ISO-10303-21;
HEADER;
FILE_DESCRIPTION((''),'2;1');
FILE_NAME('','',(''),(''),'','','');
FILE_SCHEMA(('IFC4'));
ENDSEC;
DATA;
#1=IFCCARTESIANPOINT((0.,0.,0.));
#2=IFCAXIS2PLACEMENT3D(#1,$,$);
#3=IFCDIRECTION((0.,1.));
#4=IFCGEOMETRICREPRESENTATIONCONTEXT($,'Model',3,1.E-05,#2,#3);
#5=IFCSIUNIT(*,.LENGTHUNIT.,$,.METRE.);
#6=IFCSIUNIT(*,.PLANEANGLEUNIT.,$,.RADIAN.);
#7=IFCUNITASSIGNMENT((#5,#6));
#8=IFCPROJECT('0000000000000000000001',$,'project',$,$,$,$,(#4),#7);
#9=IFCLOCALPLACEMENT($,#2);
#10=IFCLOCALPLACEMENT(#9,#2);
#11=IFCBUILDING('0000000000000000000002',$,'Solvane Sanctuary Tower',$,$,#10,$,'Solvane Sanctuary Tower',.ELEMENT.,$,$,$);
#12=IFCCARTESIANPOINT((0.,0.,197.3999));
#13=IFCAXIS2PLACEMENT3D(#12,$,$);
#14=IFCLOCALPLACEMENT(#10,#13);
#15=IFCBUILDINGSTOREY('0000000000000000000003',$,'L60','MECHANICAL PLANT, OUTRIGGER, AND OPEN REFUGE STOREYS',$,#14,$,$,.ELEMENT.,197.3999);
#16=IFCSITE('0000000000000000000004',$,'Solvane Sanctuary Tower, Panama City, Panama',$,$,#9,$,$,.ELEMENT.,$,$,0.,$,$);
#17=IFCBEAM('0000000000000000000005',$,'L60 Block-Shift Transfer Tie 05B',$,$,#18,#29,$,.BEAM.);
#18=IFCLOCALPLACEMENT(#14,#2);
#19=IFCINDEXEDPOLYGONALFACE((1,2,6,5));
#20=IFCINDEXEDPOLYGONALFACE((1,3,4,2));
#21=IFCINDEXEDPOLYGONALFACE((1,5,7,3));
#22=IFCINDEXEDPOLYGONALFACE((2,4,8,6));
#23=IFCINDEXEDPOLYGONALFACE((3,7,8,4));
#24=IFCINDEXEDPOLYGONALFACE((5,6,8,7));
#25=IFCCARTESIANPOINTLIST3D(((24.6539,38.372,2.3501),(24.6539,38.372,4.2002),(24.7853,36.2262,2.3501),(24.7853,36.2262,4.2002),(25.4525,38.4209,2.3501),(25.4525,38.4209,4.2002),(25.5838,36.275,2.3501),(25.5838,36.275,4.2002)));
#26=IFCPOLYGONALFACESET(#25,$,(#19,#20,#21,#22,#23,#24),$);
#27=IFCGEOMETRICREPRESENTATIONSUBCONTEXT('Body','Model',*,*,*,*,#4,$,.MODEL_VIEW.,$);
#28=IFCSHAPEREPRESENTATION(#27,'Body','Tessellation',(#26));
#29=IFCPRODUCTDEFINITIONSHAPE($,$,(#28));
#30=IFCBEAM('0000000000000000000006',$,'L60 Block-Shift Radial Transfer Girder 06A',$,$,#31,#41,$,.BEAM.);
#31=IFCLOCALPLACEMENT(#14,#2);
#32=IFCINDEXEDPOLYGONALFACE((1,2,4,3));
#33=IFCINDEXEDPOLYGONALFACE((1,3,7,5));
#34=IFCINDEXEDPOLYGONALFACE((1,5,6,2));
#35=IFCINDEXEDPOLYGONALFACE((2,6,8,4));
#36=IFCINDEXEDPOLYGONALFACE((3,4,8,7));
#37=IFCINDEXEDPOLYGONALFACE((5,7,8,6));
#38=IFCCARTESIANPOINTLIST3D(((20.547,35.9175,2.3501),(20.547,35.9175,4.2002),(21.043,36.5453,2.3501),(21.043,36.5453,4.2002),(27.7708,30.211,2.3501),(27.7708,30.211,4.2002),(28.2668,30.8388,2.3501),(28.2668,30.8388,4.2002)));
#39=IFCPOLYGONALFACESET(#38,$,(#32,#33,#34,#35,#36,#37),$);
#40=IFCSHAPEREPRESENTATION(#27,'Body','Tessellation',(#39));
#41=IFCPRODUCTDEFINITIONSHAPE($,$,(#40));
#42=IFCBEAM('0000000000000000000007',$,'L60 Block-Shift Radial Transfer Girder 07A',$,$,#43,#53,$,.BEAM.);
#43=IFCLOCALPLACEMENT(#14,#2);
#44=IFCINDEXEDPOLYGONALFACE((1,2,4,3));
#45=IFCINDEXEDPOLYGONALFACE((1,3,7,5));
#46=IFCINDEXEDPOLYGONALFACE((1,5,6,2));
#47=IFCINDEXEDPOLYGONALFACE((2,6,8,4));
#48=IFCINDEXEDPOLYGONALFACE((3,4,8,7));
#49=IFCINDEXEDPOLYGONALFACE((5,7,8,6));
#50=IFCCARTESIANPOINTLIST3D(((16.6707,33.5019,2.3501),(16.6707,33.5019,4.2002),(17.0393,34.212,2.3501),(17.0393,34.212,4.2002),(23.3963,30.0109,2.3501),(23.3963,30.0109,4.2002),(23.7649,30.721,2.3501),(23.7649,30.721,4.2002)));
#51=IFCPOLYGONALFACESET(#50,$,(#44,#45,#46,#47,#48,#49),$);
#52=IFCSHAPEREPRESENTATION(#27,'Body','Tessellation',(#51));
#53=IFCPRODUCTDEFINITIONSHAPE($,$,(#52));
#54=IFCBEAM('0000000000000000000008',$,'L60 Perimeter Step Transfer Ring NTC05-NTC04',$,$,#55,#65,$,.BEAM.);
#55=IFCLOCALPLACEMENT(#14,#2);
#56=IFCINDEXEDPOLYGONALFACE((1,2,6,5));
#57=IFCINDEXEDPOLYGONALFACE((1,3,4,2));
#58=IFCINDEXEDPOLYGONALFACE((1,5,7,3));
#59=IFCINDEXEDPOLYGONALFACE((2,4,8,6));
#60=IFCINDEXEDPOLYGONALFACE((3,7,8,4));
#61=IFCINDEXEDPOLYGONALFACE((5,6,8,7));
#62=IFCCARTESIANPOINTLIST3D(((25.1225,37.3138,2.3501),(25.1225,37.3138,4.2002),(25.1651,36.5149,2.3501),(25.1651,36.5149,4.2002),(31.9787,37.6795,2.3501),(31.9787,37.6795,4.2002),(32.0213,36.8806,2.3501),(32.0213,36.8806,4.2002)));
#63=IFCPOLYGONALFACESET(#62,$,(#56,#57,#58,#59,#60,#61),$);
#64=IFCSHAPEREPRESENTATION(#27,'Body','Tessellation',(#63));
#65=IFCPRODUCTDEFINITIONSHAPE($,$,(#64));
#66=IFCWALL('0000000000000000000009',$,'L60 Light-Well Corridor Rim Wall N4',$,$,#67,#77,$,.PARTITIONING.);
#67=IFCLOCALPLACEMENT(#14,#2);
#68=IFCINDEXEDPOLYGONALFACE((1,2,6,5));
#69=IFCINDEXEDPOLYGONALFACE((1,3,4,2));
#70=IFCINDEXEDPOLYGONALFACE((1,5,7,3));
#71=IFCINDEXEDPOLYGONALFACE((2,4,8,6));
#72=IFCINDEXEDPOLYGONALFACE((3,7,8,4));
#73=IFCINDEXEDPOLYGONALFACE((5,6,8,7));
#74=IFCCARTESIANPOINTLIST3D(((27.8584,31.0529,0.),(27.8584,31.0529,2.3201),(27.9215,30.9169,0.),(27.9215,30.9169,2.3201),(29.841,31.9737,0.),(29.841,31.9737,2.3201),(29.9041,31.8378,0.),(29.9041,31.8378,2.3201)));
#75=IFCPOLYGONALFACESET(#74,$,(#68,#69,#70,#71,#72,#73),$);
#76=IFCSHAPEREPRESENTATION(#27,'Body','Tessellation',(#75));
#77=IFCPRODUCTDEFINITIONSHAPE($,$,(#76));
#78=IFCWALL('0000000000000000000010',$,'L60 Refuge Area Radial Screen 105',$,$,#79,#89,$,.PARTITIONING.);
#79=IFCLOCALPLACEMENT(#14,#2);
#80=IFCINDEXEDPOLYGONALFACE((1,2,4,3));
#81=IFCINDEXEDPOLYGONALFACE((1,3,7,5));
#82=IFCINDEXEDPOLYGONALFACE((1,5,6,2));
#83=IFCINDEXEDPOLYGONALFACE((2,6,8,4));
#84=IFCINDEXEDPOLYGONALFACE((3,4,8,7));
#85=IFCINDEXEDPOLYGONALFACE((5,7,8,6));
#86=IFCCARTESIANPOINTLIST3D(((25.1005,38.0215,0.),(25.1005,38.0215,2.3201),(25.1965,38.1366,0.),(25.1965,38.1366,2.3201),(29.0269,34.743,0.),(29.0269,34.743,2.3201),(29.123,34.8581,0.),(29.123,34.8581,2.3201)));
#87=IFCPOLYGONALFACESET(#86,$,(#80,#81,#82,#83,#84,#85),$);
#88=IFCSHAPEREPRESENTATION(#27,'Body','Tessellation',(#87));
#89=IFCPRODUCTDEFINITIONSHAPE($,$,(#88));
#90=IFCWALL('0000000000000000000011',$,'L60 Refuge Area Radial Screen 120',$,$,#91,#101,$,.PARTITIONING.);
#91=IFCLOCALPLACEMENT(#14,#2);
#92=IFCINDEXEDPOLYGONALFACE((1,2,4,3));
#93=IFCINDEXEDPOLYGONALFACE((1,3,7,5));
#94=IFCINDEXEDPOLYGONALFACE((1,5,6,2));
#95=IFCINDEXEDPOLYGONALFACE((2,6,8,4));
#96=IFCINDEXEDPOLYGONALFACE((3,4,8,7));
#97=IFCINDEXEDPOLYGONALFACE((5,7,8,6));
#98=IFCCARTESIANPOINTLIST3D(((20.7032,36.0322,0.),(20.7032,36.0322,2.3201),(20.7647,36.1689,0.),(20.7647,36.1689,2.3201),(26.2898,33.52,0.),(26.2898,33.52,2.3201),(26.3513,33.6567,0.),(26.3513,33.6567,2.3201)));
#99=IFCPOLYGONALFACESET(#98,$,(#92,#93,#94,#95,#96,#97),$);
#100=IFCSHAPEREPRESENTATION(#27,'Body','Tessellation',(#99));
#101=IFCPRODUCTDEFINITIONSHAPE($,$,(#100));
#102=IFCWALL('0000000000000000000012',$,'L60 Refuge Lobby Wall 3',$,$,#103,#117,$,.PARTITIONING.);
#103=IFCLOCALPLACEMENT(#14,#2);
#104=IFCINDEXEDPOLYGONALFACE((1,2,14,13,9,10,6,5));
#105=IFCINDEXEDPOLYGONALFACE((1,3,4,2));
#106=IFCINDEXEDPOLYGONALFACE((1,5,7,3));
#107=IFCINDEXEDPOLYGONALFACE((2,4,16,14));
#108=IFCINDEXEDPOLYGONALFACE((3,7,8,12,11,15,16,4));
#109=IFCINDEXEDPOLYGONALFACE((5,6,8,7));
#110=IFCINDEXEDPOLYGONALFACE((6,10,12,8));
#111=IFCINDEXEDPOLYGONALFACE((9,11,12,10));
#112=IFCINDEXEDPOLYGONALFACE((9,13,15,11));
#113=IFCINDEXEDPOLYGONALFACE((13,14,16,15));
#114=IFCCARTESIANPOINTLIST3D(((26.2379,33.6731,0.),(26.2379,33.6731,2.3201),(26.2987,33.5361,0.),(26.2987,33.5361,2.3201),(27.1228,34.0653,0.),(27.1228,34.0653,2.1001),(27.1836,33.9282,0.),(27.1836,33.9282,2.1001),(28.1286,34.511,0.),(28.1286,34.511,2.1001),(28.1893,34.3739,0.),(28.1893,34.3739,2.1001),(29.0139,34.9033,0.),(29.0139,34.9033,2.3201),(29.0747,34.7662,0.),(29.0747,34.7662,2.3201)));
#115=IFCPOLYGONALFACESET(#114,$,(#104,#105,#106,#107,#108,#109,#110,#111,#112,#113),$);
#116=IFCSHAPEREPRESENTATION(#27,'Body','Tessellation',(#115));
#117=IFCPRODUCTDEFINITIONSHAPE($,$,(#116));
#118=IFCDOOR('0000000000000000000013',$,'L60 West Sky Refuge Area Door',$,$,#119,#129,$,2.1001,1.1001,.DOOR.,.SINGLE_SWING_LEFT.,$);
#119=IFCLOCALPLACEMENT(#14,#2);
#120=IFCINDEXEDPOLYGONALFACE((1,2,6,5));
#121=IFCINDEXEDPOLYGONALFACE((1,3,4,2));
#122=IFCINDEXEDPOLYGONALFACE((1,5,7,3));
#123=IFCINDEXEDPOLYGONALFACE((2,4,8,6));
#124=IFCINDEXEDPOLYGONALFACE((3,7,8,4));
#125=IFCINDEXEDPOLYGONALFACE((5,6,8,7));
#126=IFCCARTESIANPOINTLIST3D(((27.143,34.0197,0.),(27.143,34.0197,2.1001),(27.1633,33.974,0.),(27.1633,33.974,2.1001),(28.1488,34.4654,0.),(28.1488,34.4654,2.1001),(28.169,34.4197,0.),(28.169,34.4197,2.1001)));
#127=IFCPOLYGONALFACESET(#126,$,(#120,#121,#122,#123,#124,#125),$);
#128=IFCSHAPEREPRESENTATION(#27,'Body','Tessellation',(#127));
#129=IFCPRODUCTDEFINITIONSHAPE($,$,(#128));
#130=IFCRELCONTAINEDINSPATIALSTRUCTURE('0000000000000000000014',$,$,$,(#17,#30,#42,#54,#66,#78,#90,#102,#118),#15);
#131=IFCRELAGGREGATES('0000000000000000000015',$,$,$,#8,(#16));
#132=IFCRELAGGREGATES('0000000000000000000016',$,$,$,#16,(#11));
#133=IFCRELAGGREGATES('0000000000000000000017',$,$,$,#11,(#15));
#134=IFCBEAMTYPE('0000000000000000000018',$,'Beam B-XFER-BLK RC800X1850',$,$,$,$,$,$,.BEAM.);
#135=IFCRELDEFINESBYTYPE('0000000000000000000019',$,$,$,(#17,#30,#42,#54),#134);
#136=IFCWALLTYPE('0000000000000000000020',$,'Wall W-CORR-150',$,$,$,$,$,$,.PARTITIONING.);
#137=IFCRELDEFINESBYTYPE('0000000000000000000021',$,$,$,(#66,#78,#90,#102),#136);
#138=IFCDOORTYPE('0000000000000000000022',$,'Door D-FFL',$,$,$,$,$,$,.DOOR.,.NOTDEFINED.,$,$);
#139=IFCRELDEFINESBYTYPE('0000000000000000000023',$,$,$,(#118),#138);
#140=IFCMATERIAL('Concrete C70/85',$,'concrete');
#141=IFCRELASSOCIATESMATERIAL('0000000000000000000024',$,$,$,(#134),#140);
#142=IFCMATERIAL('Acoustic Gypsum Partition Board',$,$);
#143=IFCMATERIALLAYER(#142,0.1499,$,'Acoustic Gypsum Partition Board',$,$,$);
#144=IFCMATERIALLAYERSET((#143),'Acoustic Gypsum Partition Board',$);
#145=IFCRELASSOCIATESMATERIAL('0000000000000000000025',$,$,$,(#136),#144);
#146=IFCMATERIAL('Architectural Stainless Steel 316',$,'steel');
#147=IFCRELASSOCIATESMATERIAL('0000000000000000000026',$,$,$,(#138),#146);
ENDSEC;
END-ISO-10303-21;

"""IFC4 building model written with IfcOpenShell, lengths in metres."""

from ifc_helpers import new_model, si_unit, direction, frame, frame_2d, origin, origin_2d, place, context, subcontext, project, spatial, rectangle, extrude, material, layer, layer_set, material_profile, profile_set, type_object, element, fill, save


model = new_model("IFC4")

# Units and contexts
model_context = context("Model", 3, precision=1e-05, world=origin(), true_north=direction((0.0, 1.0)))
body_context = subcontext(model_context, "Body", "Model", "MODEL_VIEW")
ifc_project = project(units=[si_unit("LENGTHUNIT", "METRE"), si_unit("PLANEANGLEUNIT", "RADIAN")], contexts=[model_context])

# Site, building, storey
site_placement = place(None, origin())
site = spatial("IfcSite", under=ifc_project, at=site_placement, Name="Solvane Sanctuary Tower, Panama City, Panama", CompositionType="ELEMENT", RefElevation=0.0)
building_placement = place(site_placement, origin())
building = spatial("IfcBuilding", under=site, at=building_placement, Name="Solvane Sanctuary Tower", LongName="Solvane Sanctuary Tower", CompositionType="ELEMENT")
storey_placement = place(building_placement, frame((0.0, 0.0, 197.3999)))
storey = spatial("IfcBuildingStorey", under=building, at=storey_placement, Name="L60", Description="MECHANICAL PLANT, OUTRIGGER, AND OPEN REFUGE STOREYS", CompositionType="ELEMENT", Elevation=197.3999)

# Beams
ifc_material_1 = material(Name="Concrete C70/85", Category="concrete")
ifc_material_profile_1 = material_profile(ifc_material_1, rectangle(XDim=0.8, YDim=1.8501, at=origin_2d()), Name="RC800X1850")
ifc_profile_set_1 = profile_set([ifc_material_profile_1], Name="Concrete C70/85")
beam_type_1 = type_object("IfcBeamType", Name="Beam B-XFER-BLK RC800X1850", PredefinedType="BEAM", material=ifc_profile_set_1)
beam_1_placement = place(storey_placement, frame((25.0532, 38.3965, 3.2751), z_axis=(0.061092, -0.998132, 0.0), x_axis=(0.998132, 0.061092, 0.0)))
element("IfcBeam", 1, at=beam_1_placement, inside=storey, type_object=beam_type_1, Name="L60 Block-Shift Transfer Tie 05B", PredefinedType="BEAM", context=body_context, shape_type="SweptSolid", body=[
    extrude(rectangle(XDim=0.8, YDim=1.8501, at=origin_2d()), origin(), (0.0, 0.0, 1.0), 2.1499),
])
beam_2_placement = place(storey_placement, frame((28.0188, 30.5249, 3.2751), z_axis=(-0.784699, 0.619877, 0.0), x_axis=(-0.619877, -0.784699, 0.0)))
element("IfcBeam", 2, at=beam_2_placement, inside=storey, type_object=beam_type_1, Name="L60 Block-Shift Radial Transfer Girder 06A", PredefinedType="BEAM", context=body_context, shape_type="SweptSolid", body=[
    extrude(rectangle(XDim=0.8, YDim=1.8501, at=origin_2d()), origin(), (0.0, 0.0, 1.0), 9.2058),
])
beam_3_placement = place(storey_placement, frame((23.5806, 30.366, 3.2751), z_axis=(-0.887559, 0.460694, 0.0), x_axis=(-0.460694, -0.887559, 0.0)))
element("IfcBeam", 3, at=beam_3_placement, inside=storey, type_object=beam_type_1, Name="L60 Block-Shift Radial Transfer Girder 07A", PredefinedType="BEAM", context=body_context, shape_type="SweptSolid", body=[
    extrude(rectangle(XDim=0.8, YDim=1.8501, at=origin_2d()), origin(), (0.0, 0.0, 1.0), 7.5776),
])
beam_4_placement = place(storey_placement, frame((25.1438, 36.9143, 3.2751), z_axis=(0.99858, 0.053266, 0.0), x_axis=(-0.053266, 0.99858, 0.0)))
element("IfcBeam", 4, at=beam_4_placement, inside=storey, type_object=beam_type_1, Name="L60 Perimeter Step Transfer Ring NTC05-NTC04", PredefinedType="BEAM", context=body_context, shape_type="SweptSolid", body=[
    extrude(rectangle(XDim=0.8, YDim=1.8501, at=origin_2d()), origin(), (0.0, 0.0, 1.0), 6.866),
])

# Walls
ifc_material_2 = material(Name="Acoustic Gypsum Partition Board")
ifc_layer_1 = layer(ifc_material_2, 0.1499, Name="Acoustic Gypsum Partition Board")
ifc_layer_set_1 = layer_set([ifc_layer_1], Name="Acoustic Gypsum Partition Board")
wall_type = type_object("IfcWallType", Name="Wall W-CORR-150", PredefinedType="PARTITIONING", material=ifc_layer_set_1)
wall_1_placement = place(storey_placement, frame((29.8726, 31.9058, 0.0), z_axis=(0.0, 0.0, 1.0), x_axis=(-0.906943, -0.421252, 0.0)))
element("IfcWall", 5, at=wall_1_placement, inside=storey, type_object=wall_type, Name="L60 Light-Well Corridor Rim Wall N4", PredefinedType="PARTITIONING", context=body_context, shape_type="SweptSolid", body=[
    extrude(rectangle(XDim=2.186, YDim=0.1499, at=frame_2d((1.093, 0.0))), origin(), (0.0, 0.0, 1.0), 2.3201),
])
wall_2_placement = place(storey_placement, frame((29.075, 34.8005, 0.0), z_axis=(0.0, 0.0, 1.0), x_axis=(-0.767599, 0.640931, 0.0)))
element("IfcWall", 6, at=wall_2_placement, inside=storey, type_object=wall_type, Name="L60 Refuge Area Radial Screen 105", PredefinedType="PARTITIONING", context=body_context, shape_type="SweptSolid", body=[
    extrude(rectangle(XDim=5.1152, YDim=0.1499, at=frame_2d((2.5576, 0.0))), origin(), (0.0, 0.0, 1.0), 2.3201),
])
wall_3_placement = place(storey_placement, frame((26.3206, 33.5884, 0.0), z_axis=(0.0, 0.0, 1.0), x_axis=(-0.912031, 0.410121, 0.0)))
element("IfcWall", 7, at=wall_3_placement, inside=storey, type_object=wall_type, Name="L60 Refuge Area Radial Screen 120", PredefinedType="PARTITIONING", context=body_context, shape_type="SweptSolid", body=[
    extrude(rectangle(XDim=6.1255, YDim=0.1499, at=frame_2d((3.0627, 0.0))), origin(), (0.0, 0.0, 1.0), 2.3201),
])

# Wall, opening, door
wall_4_placement = place(storey_placement, frame((29.0442, 34.8347, 0.0), z_axis=(0.0, 0.0, 1.0), x_axis=(-0.914252, -0.405146, 0.0)))
wall_4 = element("IfcWall", 8, at=wall_4_placement, inside=storey, type_object=wall_type, Name="L60 Refuge Lobby Wall 3", PredefinedType="PARTITIONING", context=body_context, shape_type="SweptSolid", body=[
    extrude(rectangle(XDim=3.0364, YDim=0.1499, at=frame_2d((1.5181, 0.0))), origin(), (0.0, 0.0, 1.0), 2.3201),
])
opening_placement = place(wall_4_placement, frame((0.9683, 0.0, 0.0)))
opening = element("IfcOpeningElement", 9, at=opening_placement, cuts=wall_4, PredefinedType="OPENING", context=body_context, shape_type="SweptSolid", body=[
    extrude(rectangle(XDim=1.1001, YDim=2.1001, at=frame_2d((0.55, 1.05))), frame((0.0, 0.085, 0.0), z_axis=(0.0, -1.0, 0.0), x_axis=(1.0, 0.0, 0.0)), (0.0, 0.0, 1.0), 0.1699),
])
ifc_material_3 = material(Name="Architectural Stainless Steel 316", Category="steel")
door_type = type_object("IfcDoorType", Name="Door D-FFL", OperationType="NOTDEFINED", PredefinedType="DOOR", material=ifc_material_3)
door_placement = place(opening_placement, origin())
door = element("IfcDoor", 10, at=door_placement, inside=storey, type_object=door_type, Name="L60 West Sky Refuge Area Door", OperationType="SINGLE_SWING_LEFT", OverallHeight=2.1001, OverallWidth=1.1001, PredefinedType="DOOR", context=body_context, shape_type="SweptSolid", body=[
    extrude(rectangle(XDim=1.1001, YDim=2.1001, at=frame_2d((0.55, 1.05))), frame((0.0, 0.0249, 0.0), z_axis=(0.0, -1.0, 0.0), x_axis=(1.0, 0.0, 0.0)), (0.0, 0.0, 1.0), 0.05),
])
fill(opening, door)

save(model, "model.ifc")
